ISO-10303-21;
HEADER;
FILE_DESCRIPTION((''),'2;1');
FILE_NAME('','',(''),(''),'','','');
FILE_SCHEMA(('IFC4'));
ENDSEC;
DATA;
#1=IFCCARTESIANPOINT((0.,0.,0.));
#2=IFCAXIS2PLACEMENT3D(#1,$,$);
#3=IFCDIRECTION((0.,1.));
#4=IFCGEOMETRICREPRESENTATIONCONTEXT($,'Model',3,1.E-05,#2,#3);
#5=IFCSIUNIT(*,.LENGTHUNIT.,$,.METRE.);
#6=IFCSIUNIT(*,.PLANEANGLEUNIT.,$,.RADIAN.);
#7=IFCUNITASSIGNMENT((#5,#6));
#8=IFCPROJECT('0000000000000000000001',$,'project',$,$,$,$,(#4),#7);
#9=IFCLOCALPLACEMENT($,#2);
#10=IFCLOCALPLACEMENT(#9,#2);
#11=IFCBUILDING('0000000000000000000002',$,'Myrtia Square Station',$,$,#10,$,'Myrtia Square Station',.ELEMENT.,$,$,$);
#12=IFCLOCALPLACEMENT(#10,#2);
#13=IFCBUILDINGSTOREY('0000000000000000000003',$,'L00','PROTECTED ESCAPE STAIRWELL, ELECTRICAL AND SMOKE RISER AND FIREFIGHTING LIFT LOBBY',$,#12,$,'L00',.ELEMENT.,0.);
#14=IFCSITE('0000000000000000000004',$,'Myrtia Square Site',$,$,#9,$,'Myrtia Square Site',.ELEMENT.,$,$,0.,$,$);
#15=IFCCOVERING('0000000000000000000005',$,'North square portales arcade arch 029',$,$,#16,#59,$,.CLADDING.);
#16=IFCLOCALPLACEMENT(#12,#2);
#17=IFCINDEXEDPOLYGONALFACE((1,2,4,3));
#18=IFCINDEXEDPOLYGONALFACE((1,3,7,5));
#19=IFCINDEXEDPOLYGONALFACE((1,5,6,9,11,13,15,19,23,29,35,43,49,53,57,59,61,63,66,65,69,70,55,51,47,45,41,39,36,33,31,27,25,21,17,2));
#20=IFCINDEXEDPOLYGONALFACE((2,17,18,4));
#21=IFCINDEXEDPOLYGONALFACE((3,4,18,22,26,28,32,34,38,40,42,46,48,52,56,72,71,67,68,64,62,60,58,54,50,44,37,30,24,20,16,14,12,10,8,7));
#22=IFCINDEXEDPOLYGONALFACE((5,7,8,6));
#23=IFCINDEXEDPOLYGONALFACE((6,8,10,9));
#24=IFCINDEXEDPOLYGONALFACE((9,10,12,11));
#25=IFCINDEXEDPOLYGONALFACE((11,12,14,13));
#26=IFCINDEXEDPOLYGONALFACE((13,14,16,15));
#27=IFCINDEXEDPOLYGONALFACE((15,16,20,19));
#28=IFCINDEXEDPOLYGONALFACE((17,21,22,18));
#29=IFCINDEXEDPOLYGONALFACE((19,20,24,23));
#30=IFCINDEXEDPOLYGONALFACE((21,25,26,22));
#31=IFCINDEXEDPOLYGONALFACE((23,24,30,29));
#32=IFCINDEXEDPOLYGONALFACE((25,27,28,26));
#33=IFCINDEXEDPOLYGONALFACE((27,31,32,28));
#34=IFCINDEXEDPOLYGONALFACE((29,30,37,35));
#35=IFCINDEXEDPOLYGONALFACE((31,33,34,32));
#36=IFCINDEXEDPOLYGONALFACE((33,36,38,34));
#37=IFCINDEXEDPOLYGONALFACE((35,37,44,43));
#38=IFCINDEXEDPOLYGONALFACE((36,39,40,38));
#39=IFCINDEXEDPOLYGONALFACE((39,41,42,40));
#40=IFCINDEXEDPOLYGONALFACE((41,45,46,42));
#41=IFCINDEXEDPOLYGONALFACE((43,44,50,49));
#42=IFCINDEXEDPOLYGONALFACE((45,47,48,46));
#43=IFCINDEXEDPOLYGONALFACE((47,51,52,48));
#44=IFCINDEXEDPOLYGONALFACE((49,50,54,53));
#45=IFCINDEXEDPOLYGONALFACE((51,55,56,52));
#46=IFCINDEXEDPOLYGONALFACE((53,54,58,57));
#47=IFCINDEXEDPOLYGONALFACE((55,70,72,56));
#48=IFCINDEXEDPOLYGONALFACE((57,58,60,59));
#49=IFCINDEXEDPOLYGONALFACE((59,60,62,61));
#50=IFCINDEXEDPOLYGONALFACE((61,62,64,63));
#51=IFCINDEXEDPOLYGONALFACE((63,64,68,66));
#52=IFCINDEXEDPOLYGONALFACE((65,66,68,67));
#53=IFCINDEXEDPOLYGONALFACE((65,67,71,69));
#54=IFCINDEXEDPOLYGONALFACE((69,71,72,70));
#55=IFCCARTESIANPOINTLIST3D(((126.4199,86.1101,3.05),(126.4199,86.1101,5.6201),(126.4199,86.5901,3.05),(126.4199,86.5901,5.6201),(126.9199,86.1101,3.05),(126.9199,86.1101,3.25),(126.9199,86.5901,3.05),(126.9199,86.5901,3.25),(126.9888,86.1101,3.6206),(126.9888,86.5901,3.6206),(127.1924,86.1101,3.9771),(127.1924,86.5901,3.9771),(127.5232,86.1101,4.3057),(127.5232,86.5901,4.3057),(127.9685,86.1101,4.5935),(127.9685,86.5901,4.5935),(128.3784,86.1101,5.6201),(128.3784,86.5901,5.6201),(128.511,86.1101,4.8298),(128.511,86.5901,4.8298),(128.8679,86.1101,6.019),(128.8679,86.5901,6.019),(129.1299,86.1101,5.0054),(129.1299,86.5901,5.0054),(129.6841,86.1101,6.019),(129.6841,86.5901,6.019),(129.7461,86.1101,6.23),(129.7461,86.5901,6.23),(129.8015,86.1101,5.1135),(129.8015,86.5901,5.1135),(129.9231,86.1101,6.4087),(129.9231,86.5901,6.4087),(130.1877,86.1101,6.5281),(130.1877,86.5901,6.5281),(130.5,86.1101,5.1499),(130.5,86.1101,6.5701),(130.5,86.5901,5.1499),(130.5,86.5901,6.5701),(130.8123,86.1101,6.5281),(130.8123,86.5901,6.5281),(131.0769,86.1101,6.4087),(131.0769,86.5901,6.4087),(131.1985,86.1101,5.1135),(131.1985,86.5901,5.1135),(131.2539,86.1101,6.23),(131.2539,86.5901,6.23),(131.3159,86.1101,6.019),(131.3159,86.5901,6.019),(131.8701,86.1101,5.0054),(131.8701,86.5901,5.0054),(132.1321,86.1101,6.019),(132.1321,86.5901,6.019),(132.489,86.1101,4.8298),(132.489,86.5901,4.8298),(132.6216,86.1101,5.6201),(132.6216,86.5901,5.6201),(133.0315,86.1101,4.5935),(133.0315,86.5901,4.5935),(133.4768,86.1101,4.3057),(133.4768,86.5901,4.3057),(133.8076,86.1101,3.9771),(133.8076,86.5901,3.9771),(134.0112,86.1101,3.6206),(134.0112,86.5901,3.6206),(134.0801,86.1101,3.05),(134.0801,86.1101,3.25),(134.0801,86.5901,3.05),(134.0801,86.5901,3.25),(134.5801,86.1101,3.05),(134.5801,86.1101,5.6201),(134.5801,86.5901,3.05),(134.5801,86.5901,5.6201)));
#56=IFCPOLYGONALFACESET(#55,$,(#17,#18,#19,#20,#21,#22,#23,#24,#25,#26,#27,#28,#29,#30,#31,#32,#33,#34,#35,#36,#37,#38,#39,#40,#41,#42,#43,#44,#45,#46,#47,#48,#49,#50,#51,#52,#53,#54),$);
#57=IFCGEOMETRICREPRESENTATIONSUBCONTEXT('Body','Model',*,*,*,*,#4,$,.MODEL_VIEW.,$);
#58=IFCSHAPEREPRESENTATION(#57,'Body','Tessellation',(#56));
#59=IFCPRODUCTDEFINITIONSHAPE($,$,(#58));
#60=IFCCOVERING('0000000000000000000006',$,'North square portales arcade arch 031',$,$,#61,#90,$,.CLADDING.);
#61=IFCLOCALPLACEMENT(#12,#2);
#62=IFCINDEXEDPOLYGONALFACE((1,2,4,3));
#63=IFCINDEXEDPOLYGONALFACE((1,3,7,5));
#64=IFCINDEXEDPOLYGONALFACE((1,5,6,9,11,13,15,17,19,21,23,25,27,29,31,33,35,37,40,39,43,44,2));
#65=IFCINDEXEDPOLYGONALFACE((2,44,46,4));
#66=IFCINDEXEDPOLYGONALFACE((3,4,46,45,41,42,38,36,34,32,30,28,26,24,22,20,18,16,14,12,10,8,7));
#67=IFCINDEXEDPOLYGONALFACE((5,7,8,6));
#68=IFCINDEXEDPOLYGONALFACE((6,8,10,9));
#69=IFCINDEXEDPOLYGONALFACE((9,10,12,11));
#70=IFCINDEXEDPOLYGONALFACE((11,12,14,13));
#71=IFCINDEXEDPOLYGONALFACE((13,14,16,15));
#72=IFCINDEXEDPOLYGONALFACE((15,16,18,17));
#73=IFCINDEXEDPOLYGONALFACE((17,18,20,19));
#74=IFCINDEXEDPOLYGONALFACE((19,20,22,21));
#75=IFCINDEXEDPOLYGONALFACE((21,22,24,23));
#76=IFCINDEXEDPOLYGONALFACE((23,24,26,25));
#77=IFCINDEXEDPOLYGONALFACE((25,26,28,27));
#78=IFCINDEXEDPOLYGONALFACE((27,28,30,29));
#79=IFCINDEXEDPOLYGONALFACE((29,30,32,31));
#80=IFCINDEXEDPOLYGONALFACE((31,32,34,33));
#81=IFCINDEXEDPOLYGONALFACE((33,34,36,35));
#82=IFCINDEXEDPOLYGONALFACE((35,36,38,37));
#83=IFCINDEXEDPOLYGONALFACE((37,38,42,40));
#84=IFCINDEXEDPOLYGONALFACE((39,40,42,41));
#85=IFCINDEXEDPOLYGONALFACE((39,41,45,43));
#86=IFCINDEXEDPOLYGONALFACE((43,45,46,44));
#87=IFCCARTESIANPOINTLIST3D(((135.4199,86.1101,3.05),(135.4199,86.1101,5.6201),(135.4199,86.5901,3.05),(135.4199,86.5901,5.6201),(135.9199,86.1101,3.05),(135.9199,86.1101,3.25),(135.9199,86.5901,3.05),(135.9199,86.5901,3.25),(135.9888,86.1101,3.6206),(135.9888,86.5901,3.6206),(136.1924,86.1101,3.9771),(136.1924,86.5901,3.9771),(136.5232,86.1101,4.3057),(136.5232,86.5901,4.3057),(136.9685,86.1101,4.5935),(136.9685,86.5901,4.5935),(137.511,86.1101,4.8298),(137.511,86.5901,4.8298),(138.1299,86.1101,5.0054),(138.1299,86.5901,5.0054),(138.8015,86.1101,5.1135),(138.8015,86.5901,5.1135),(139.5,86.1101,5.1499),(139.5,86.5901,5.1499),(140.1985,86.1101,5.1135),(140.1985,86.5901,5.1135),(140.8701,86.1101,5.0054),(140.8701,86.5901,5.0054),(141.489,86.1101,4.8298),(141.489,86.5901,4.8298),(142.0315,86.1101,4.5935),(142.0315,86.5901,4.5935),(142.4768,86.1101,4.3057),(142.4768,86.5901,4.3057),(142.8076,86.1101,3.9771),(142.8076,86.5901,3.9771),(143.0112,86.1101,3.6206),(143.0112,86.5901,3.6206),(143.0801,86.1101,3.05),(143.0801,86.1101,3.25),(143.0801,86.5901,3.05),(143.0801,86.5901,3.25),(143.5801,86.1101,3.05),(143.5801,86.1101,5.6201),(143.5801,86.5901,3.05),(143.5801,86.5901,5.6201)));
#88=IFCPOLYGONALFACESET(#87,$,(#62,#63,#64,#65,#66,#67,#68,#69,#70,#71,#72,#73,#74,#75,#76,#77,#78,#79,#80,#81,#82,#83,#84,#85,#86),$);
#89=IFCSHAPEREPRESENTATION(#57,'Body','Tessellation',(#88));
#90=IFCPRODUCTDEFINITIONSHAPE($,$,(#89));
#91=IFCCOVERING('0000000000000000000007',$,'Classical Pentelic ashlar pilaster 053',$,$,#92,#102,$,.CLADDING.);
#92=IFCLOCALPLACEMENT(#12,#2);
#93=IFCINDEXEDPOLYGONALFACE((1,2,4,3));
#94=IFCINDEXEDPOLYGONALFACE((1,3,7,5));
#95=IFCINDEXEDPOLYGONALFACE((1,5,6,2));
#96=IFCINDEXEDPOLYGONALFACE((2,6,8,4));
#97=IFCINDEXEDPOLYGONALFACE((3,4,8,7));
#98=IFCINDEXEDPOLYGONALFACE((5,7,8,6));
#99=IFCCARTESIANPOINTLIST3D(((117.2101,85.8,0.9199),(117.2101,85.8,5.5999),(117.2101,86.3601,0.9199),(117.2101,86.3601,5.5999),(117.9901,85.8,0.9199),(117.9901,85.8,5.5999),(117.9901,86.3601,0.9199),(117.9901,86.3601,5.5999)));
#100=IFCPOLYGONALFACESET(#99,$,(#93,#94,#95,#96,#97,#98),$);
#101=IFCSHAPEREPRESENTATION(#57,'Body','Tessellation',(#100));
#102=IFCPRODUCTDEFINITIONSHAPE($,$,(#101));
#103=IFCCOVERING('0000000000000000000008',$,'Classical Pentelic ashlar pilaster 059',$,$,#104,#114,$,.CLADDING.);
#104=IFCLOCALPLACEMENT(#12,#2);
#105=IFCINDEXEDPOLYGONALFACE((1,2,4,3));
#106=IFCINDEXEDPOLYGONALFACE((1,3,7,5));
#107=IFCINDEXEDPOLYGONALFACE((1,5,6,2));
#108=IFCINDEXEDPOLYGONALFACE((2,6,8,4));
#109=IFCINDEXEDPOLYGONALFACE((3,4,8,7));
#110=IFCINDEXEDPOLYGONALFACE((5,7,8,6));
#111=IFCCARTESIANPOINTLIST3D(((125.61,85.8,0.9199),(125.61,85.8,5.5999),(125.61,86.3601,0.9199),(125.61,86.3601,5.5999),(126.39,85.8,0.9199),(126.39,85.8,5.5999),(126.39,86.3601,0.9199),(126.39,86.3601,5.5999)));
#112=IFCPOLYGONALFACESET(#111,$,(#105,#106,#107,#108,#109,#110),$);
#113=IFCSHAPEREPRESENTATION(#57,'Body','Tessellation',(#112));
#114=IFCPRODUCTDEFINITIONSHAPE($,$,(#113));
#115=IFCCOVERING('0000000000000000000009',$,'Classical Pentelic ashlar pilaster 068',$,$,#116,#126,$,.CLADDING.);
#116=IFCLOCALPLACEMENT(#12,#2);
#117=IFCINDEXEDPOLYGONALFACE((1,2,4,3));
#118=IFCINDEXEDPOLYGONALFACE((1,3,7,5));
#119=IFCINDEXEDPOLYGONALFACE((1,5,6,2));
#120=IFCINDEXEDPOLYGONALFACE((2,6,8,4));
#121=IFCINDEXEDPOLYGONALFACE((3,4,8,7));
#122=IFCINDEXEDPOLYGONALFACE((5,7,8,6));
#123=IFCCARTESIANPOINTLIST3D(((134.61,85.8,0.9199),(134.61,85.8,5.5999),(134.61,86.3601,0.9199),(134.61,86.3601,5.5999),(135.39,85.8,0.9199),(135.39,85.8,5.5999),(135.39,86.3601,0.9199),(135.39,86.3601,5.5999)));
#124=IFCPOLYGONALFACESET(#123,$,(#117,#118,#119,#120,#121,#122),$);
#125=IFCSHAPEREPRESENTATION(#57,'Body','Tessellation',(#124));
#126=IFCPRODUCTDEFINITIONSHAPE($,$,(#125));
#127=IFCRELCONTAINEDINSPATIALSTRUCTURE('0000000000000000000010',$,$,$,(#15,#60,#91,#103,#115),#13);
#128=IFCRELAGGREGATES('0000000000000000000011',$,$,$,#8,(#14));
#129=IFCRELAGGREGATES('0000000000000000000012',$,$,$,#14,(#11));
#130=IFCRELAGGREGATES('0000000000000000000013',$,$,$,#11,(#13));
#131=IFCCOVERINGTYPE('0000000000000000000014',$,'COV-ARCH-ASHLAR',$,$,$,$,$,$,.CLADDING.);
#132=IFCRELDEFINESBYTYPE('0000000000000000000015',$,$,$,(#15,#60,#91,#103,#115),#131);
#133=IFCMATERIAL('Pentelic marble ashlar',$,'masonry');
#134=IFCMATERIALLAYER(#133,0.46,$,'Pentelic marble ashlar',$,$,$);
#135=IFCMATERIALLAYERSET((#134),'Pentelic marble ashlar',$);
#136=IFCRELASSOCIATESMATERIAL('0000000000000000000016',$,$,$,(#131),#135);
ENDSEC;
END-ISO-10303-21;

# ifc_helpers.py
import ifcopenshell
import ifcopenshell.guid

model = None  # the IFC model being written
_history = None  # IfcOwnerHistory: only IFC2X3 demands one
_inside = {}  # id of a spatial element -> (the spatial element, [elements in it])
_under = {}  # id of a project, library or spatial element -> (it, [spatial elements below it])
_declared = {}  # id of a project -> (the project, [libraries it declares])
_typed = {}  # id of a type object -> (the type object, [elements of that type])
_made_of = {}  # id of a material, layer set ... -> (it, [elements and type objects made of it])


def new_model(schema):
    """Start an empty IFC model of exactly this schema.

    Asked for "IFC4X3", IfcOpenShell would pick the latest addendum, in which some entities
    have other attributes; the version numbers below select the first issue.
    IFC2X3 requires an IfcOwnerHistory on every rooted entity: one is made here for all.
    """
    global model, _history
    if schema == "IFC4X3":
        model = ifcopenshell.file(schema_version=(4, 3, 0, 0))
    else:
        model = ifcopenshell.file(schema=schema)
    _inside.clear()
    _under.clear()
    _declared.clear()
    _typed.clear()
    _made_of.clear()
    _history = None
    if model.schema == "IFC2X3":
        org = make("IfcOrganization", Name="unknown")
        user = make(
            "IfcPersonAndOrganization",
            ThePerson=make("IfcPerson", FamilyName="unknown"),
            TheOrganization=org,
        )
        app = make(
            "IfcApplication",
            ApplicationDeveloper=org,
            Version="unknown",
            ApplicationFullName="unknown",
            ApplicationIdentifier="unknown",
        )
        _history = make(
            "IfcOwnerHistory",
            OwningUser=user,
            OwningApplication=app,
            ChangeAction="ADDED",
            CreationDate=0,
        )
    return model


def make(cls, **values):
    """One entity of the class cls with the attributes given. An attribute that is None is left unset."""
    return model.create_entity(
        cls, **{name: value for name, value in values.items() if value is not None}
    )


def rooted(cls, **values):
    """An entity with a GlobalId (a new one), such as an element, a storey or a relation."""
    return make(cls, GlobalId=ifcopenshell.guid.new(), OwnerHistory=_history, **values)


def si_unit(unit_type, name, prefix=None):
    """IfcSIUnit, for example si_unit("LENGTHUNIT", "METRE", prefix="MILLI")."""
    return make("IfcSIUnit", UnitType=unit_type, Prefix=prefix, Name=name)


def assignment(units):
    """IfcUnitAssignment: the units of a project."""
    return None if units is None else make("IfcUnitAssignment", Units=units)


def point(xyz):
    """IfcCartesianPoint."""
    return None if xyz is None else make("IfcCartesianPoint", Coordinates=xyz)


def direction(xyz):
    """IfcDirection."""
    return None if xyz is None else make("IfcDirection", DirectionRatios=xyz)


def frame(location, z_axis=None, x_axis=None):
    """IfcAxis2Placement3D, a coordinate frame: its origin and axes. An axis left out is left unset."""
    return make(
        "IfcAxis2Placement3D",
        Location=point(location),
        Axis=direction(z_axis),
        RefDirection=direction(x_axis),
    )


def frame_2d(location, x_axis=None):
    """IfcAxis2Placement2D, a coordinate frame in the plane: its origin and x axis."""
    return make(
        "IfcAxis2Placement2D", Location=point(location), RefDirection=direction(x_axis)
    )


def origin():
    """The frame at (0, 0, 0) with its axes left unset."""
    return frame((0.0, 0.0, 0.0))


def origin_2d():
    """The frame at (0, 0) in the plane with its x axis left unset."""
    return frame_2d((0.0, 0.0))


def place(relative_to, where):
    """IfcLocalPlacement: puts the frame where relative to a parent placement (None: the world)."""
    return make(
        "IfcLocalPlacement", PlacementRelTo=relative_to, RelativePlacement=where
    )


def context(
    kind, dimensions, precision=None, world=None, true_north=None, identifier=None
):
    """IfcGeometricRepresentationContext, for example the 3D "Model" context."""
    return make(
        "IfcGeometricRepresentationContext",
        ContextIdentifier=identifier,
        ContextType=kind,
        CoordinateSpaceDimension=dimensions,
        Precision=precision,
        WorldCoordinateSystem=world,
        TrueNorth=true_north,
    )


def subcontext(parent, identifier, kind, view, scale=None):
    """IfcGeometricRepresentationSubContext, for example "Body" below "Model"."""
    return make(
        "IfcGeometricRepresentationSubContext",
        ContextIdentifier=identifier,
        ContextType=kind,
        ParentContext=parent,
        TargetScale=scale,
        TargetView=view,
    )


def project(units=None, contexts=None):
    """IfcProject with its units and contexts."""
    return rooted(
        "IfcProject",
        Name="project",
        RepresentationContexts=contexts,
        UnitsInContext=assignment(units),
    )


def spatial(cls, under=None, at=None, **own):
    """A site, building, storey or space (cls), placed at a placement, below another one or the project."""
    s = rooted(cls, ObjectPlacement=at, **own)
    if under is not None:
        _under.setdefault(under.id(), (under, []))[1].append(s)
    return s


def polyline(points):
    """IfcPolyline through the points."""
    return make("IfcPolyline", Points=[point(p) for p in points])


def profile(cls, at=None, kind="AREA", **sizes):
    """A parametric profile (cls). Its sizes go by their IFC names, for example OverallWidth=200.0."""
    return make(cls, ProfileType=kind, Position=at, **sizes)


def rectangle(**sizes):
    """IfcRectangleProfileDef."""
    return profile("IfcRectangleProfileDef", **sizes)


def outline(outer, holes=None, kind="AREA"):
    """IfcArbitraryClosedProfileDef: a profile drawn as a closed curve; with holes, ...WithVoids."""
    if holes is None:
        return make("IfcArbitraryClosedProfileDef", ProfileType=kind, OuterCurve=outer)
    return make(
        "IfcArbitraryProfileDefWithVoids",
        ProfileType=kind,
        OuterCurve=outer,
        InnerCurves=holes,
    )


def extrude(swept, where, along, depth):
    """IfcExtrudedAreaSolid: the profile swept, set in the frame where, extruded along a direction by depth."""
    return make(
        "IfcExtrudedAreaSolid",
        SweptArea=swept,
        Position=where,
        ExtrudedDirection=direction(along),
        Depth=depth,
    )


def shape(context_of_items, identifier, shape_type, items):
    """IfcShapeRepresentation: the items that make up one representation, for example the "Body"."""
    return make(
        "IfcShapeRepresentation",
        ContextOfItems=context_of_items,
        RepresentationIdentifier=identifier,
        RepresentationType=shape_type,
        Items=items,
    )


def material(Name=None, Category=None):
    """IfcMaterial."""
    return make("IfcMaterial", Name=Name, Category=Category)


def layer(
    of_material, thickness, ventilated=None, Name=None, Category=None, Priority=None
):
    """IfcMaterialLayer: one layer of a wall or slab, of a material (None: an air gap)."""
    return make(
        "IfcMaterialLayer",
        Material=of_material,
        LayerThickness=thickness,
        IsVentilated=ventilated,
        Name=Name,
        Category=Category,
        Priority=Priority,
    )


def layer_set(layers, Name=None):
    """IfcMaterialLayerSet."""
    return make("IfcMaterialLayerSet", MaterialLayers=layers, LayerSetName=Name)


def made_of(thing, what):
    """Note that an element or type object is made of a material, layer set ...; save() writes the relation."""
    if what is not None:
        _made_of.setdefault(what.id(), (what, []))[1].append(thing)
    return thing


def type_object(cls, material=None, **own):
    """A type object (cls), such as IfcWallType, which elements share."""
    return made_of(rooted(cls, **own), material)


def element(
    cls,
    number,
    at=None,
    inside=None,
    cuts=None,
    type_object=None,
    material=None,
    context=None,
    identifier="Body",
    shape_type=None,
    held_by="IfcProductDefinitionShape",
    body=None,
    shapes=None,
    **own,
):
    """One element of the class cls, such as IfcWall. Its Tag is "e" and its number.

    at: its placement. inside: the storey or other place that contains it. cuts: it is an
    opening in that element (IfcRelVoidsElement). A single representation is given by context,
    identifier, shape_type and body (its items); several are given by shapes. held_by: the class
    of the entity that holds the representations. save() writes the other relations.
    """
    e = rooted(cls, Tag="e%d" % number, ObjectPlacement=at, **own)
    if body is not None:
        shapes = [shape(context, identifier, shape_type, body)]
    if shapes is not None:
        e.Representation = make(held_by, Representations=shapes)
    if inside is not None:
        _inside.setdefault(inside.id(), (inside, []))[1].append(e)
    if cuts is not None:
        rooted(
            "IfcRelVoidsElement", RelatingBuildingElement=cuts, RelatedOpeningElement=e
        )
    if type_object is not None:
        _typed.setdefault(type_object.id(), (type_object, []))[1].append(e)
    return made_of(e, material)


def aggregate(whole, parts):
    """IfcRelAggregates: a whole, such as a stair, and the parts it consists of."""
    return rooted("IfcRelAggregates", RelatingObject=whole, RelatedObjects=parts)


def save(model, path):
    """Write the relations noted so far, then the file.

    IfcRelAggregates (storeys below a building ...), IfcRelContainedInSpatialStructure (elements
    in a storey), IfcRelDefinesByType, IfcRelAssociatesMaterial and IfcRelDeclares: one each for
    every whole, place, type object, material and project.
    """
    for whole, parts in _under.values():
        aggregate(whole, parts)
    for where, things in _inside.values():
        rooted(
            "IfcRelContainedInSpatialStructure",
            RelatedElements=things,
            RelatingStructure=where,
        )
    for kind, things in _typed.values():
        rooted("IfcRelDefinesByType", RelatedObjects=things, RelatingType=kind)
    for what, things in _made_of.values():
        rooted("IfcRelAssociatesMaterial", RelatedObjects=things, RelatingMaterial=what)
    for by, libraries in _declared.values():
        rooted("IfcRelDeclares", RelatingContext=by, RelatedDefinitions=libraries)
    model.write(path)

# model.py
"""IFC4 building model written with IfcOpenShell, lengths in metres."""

from ifc_helpers import new_model, si_unit, direction, frame, origin, origin_2d, place, context, subcontext, project, spatial, polyline, rectangle, outline, extrude, material, layer, layer_set, type_object, element, save


model = new_model("IFC4")

# Units and contexts
model_context = context("Model", 3, precision=1e-05, world=origin(), true_north=direction((0.0, 1.0)))
body_context = subcontext(model_context, "Body", "Model", "MODEL_VIEW")
ifc_project = project(units=[si_unit("LENGTHUNIT", "METRE"), si_unit("PLANEANGLEUNIT", "RADIAN")], contexts=[model_context])

# Site, building, storey
site_placement = place(None, origin())
site = spatial("IfcSite", under=ifc_project, at=site_placement, Name="Myrtia Square Site", LongName="Myrtia Square Site", CompositionType="ELEMENT", RefElevation=0.0)
building_placement = place(site_placement, origin())
building = spatial("IfcBuilding", under=site, at=building_placement, Name="Myrtia Square Station", LongName="Myrtia Square Station", CompositionType="ELEMENT")
storey_placement = place(building_placement, origin())
storey = spatial("IfcBuildingStorey", under=building, at=storey_placement, Name="L00", Description="PROTECTED ESCAPE STAIRWELL, ELECTRICAL AND SMOKE RISER AND FIREFIGHTING LIFT LOBBY", LongName="L00", CompositionType="ELEMENT", Elevation=0.0)

# Shared definitions
ifc_material_1 = material(Name="Pentelic marble ashlar", Category="masonry")

# Coverings
ifc_layer_1 = layer(ifc_material_1, 0.46, Name="Pentelic marble ashlar")
ifc_layer_set_1 = layer_set([ifc_layer_1], Name="Pentelic marble ashlar")
covering_type = type_object("IfcCoveringType", Name="COV-ARCH-ASHLAR", PredefinedType="CLADDING", material=ifc_layer_set_1)
covering_1_placement = place(storey_placement, frame((126.4199, 86.3501, 3.05), z_axis=(0.0, 0.0, 1.0), x_axis=(1.0, 0.0, 0.0)))
element("IfcCovering", 1, at=covering_1_placement, inside=storey, type_object=covering_type, Name="North square portales arcade arch 029", PredefinedType="CLADDING", context=body_context, shape_type="SweptSolid", body=[
    extrude(outline(polyline([(0.0, 0.0), (0.5, 0.0), (0.5, 0.2), (0.5688, 0.5706), (0.7725, 0.927), (1.1033, 1.2556), (1.5486, 1.5435), (2.0911, 1.7798), (2.71, 1.9553), (3.3816, 2.0635), (4.0801, 2.0999), (4.7786, 2.0635), (5.4502, 1.9553), (6.0691, 1.7798), (6.6116, 1.5435), (7.0569, 1.2556), (7.3877, 0.927), (7.5913, 0.5706), (7.6602, 0.2), (7.6602, 0.0), (8.1602, 0.0), (8.1602, 2.5701), (6.2017, 2.5701), (5.7122, 2.969), (4.896, 2.969), (4.834, 3.1799), (4.657, 3.3586), (4.3923, 3.478), (4.0801, 3.52), (3.7678, 3.478), (3.5032, 3.3586), (3.3262, 3.1799), (3.2642, 2.969), (2.448, 2.969), (1.9585, 2.5701), (0.0, 2.5701), (0.0, 0.0)])), frame((0.0, 0.24, 0.0), z_axis=(0.0, -1.0, 0.0), x_axis=(1.0, 0.0, 0.0)), (0.0, 0.0, 1.0), 0.48),
])
covering_2_placement = place(storey_placement, frame((135.4199, 86.3501, 3.05), z_axis=(0.0, 0.0, 1.0), x_axis=(1.0, 0.0, 0.0)))
element("IfcCovering", 2, at=covering_2_placement, inside=storey, type_object=covering_type, Name="North square portales arcade arch 031", PredefinedType="CLADDING", context=body_context, shape_type="SweptSolid", body=[
    extrude(outline(polyline([(0.0, 0.0), (0.5, 0.0), (0.5, 0.2), (0.5688, 0.5706), (0.7725, 0.927), (1.1033, 1.2556), (1.5486, 1.5435), (2.0911, 1.7798), (2.71, 1.9553), (3.3816, 2.0635), (4.0801, 2.0999), (4.7786, 2.0635), (5.4502, 1.9553), (6.0691, 1.7798), (6.6116, 1.5435), (7.0569, 1.2556), (7.3877, 0.927), (7.5913, 0.5706), (7.6602, 0.2), (7.6602, 0.0), (8.1602, 0.0), (8.1602, 2.5701), (0.0, 2.5701), (0.0, 0.0)])), frame((0.0, 0.24, 0.0), z_axis=(0.0, -1.0, 0.0), x_axis=(1.0, 0.0, 0.0)), (0.0, 0.0, 1.0), 0.48),
])
for number, where, z_axis, x_axis, name in (
    (3, (117.6001, 86.0801, 0.9199), (0.0, 0.0, 1.0), (1.0, 0.0, 0.0), "Classical Pentelic ashlar pilaster 053"),
    (4, (126.0, 86.0801, 0.9199), (0.0, 0.0, 1.0), (1.0, 0.0, 0.0), "Classical Pentelic ashlar pilaster 059"),
    (5, (135.0, 86.0801, 0.9199), (0.0, 0.0, 1.0), (1.0, 0.0, 0.0), "Classical Pentelic ashlar pilaster 068"),
):
    element("IfcCovering", number, at=place(storey_placement, frame(where, z_axis=z_axis, x_axis=x_axis)), inside=storey, type_object=covering_type, Name=name, PredefinedType="CLADDING", context=body_context, shape_type="SweptSolid", body=[
        extrude(rectangle(XDim=0.78, YDim=0.5601, at=origin_2d()), origin(), (0.0, 0.0, 1.0), 4.6799),
    ])

save(model, "model.ifc")
